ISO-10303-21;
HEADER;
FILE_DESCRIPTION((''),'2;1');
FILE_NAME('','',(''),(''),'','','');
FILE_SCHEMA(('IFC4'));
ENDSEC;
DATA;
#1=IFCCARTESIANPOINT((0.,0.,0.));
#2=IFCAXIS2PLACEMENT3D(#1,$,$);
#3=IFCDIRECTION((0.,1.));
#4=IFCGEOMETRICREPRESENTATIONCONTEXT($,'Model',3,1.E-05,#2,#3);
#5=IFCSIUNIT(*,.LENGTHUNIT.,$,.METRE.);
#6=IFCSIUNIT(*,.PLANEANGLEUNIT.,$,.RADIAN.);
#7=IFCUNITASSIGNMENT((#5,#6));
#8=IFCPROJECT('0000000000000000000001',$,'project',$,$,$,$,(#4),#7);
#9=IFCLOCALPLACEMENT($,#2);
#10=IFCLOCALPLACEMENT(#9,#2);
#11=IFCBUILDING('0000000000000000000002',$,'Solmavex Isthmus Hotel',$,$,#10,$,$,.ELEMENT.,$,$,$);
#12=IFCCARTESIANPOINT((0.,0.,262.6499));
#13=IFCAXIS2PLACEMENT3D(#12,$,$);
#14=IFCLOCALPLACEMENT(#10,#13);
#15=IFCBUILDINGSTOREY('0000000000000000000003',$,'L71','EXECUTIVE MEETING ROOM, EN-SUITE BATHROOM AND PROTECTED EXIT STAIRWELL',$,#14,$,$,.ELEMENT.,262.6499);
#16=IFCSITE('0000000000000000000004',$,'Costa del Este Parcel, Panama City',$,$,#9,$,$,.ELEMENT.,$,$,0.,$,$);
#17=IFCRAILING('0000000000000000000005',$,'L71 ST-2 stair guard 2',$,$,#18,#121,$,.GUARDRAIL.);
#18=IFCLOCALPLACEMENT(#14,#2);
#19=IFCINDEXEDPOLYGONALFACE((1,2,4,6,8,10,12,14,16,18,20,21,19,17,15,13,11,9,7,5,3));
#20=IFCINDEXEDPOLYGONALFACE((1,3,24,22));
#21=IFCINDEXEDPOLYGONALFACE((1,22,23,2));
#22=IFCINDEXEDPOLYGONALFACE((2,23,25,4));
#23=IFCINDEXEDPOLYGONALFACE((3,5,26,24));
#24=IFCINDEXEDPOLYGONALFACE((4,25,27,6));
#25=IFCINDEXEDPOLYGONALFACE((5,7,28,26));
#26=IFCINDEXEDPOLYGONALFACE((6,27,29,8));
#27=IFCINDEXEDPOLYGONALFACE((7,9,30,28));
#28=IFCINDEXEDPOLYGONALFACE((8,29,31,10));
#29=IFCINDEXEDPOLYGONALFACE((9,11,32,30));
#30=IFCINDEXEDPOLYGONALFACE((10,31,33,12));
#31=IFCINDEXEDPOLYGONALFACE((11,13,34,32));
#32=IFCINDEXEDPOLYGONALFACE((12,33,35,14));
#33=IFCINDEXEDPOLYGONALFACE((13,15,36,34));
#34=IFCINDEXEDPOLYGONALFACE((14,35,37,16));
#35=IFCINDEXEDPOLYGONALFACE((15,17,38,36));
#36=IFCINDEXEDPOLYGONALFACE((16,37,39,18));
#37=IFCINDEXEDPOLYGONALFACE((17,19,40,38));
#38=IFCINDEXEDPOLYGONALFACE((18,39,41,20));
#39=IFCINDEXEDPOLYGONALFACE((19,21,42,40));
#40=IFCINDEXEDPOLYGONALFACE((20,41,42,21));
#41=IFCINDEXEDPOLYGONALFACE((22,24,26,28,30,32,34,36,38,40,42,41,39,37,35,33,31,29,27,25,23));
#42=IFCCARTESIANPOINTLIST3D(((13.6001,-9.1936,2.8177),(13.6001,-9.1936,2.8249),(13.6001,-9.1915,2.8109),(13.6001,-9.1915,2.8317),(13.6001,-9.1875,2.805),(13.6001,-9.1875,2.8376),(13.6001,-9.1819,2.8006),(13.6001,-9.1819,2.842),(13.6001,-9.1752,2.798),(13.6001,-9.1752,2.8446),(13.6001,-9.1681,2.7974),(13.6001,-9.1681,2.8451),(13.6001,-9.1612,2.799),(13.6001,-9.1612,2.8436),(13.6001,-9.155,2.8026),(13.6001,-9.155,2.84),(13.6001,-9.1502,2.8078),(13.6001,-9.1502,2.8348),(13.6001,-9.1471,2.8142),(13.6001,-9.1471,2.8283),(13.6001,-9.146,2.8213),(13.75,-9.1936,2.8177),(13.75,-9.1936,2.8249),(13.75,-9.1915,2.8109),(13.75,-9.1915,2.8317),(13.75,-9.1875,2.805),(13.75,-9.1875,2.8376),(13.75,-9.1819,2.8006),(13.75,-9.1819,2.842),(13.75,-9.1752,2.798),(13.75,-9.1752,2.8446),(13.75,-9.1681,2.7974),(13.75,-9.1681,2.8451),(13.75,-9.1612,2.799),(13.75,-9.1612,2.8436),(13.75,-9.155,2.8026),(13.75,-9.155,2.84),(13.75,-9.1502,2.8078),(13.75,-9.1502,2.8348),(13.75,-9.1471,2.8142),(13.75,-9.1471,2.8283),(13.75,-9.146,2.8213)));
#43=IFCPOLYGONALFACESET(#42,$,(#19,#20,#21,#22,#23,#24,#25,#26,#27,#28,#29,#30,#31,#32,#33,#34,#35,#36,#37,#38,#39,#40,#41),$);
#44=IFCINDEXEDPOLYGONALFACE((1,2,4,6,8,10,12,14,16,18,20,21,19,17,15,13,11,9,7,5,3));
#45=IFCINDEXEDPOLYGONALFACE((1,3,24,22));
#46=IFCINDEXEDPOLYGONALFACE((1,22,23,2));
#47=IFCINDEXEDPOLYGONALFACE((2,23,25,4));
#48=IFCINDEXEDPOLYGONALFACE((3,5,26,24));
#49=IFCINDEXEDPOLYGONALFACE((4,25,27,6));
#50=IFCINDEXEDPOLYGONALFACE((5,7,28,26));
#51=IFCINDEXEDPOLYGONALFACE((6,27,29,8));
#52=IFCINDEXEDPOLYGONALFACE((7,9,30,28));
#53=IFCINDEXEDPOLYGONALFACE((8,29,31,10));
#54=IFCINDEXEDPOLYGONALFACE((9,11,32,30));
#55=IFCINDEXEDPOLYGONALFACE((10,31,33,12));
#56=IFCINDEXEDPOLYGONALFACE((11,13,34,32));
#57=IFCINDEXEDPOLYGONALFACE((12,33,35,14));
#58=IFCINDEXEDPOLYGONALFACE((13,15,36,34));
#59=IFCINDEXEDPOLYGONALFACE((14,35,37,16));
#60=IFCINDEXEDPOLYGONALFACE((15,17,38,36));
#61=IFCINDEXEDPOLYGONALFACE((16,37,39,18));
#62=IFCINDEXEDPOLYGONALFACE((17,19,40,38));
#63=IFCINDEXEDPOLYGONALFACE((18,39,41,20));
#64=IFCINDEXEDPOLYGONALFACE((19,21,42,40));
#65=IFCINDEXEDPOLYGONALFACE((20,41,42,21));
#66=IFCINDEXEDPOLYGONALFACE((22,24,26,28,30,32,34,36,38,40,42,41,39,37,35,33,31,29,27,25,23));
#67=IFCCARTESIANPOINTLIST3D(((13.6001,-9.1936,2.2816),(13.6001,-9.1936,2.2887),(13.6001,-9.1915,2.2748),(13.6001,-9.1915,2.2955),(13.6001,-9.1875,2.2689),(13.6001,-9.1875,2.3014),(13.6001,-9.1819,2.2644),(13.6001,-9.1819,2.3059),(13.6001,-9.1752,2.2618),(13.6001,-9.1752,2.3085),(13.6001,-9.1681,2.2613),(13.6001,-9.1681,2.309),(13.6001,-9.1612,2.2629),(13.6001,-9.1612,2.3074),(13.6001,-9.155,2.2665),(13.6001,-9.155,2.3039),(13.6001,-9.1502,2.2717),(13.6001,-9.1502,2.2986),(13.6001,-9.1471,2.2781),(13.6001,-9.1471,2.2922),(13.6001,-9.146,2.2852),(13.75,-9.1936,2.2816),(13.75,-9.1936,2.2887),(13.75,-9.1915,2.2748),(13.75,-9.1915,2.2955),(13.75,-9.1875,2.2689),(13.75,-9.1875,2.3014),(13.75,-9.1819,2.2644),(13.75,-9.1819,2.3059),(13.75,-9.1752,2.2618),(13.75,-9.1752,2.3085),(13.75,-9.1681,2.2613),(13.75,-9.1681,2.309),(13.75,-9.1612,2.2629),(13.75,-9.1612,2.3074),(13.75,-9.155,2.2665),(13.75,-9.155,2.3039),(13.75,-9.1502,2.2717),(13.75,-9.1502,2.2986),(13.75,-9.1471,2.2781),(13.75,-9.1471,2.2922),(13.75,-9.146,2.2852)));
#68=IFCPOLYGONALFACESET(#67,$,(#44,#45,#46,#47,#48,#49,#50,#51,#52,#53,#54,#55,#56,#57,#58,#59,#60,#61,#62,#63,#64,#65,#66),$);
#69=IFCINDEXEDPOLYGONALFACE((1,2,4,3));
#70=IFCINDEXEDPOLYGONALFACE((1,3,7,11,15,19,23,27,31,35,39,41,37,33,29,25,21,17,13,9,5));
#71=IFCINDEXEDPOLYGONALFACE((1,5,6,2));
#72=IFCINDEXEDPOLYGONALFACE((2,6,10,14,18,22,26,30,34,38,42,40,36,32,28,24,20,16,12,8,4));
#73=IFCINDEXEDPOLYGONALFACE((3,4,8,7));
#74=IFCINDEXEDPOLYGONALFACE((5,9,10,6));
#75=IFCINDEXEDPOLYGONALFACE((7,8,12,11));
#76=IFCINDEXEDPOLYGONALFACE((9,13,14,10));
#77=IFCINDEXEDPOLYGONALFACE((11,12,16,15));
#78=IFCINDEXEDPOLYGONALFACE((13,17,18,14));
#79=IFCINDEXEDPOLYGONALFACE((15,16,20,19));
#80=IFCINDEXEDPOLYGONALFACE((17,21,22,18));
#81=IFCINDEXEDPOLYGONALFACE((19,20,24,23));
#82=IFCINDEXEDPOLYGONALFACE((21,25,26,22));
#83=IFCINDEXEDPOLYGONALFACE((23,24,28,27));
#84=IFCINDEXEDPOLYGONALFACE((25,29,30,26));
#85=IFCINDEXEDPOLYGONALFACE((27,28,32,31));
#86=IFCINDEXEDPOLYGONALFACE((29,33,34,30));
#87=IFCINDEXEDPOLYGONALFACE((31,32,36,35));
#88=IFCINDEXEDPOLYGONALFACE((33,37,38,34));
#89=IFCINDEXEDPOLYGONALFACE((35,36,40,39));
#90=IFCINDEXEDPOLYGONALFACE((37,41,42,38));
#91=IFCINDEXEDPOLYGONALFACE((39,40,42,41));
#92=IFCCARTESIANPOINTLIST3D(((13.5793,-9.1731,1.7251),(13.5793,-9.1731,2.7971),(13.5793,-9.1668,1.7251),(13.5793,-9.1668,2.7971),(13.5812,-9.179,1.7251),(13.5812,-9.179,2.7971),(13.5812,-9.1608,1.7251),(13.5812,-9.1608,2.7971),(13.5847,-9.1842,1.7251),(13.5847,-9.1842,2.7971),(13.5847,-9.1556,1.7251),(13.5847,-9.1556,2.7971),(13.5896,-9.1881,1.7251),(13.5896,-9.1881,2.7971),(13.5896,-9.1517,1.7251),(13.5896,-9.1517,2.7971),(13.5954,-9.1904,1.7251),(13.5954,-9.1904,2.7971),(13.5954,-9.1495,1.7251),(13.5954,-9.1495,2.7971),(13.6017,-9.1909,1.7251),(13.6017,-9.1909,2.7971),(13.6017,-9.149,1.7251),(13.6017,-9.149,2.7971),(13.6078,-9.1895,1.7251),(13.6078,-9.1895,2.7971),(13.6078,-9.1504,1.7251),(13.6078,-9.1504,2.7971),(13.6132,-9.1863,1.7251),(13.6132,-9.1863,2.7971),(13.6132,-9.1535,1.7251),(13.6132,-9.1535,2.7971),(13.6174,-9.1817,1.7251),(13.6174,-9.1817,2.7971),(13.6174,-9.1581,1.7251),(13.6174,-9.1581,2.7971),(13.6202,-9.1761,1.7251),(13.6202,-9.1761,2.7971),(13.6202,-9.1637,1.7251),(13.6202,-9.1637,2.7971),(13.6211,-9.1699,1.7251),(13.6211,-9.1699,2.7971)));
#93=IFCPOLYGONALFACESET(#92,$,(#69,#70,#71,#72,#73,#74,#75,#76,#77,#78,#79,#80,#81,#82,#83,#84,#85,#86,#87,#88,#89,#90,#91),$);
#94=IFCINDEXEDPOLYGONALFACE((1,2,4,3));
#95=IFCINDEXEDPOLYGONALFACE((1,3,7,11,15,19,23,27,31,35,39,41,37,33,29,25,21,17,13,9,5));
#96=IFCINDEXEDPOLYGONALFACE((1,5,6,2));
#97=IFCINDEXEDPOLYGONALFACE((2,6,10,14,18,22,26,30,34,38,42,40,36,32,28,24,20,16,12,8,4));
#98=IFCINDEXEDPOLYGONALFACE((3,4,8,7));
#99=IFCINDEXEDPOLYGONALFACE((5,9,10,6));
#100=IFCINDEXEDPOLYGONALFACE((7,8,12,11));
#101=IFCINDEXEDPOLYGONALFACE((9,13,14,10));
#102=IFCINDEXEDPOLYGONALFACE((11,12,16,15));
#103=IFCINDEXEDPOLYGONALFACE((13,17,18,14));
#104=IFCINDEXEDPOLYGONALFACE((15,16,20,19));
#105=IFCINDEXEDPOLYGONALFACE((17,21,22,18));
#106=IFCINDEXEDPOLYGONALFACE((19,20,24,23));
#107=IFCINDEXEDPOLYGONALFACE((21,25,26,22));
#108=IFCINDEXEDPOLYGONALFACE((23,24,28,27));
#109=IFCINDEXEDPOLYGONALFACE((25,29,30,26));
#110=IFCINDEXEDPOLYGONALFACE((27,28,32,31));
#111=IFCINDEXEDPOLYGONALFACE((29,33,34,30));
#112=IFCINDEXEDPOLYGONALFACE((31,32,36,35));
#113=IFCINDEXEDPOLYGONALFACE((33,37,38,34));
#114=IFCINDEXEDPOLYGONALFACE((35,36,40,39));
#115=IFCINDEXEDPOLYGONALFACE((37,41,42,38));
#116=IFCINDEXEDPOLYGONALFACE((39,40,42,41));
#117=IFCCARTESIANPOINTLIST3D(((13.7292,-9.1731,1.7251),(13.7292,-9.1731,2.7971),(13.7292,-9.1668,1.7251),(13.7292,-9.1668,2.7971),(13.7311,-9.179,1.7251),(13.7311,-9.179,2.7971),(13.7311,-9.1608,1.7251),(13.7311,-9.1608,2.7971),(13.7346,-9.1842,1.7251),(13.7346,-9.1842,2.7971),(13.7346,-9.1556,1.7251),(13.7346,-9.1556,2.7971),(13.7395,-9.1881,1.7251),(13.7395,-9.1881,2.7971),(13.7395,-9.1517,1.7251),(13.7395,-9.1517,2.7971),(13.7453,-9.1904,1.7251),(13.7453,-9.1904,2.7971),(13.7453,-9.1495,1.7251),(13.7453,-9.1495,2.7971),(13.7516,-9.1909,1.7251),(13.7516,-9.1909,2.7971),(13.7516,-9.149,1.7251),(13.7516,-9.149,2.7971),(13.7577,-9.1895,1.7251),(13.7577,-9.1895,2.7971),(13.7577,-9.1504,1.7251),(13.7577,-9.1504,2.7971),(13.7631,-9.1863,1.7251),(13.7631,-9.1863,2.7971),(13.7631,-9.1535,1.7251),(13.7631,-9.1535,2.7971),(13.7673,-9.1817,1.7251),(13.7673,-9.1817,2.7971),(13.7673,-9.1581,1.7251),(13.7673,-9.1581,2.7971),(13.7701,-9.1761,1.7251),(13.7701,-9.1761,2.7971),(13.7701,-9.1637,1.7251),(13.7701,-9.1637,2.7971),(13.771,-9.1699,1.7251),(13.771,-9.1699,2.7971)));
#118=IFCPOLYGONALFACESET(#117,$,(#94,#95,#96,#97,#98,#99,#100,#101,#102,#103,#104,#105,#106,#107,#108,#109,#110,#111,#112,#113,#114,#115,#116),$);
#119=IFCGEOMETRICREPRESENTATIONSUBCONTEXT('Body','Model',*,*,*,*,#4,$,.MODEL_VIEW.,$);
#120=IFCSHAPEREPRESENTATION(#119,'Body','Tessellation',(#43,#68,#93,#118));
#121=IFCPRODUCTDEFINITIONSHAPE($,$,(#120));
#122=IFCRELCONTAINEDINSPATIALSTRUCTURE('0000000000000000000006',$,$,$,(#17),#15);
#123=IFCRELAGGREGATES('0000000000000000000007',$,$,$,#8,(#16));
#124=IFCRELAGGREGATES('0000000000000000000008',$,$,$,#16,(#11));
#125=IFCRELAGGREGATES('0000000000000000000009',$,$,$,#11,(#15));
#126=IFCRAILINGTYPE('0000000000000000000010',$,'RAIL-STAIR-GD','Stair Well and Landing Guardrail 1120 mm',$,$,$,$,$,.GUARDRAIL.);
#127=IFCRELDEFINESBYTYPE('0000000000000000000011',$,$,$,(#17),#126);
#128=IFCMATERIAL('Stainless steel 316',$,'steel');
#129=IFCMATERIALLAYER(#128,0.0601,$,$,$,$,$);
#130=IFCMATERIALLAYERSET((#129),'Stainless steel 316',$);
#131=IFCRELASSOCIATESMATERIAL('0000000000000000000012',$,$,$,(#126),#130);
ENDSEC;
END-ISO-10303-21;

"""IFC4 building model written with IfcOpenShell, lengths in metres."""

from ifc_helpers import new_model, si_unit, direction, frame, origin, origin_2d, place, context, subcontext, project, spatial, circle, extrude, material, layer, layer_set, type_object, element, save


model = new_model("IFC4")

# Units and contexts
model_context = context("Model", 3, precision=1e-05, world=origin(), true_north=direction((0.0, 1.0)))
body_context = subcontext(model_context, "Body", "Model", "MODEL_VIEW")
ifc_project = project(units=[si_unit("LENGTHUNIT", "METRE"), si_unit("PLANEANGLEUNIT", "RADIAN")], contexts=[model_context])

# Site, building, storey
site_placement = place(None, origin())
site = spatial("IfcSite", under=ifc_project, at=site_placement, Name="Costa del Este Parcel, Panama City", CompositionType="ELEMENT", RefElevation=0.0)
building_placement = place(site_placement, origin())
building = spatial("IfcBuilding", under=site, at=building_placement, Name="Solmavex Isthmus Hotel", CompositionType="ELEMENT")
storey_placement = place(building_placement, frame((0.0, 0.0, 262.6499)))
storey = spatial("IfcBuildingStorey", under=building, at=storey_placement, Name="L71", Description="EXECUTIVE MEETING ROOM, EN-SUITE BATHROOM AND PROTECTED EXIT STAIRWELL", CompositionType="ELEMENT", Elevation=262.6499)

# Railing
ifc_material_1 = material(Name="Stainless steel 316", Category="steel")
ifc_layer_1 = layer(ifc_material_1, 0.0601)
ifc_layer_set_1 = layer_set([ifc_layer_1], Name="Stainless steel 316")
railing_type_1 = type_object("IfcRailingType", Name="RAIL-STAIR-GD", Description="Stair Well and Landing Guardrail 1120 mm", PredefinedType="GUARDRAIL", material=ifc_layer_set_1)
railing_1_placement = place(storey_placement, frame((13.6001, -9.1699, 1.7251)))
element("IfcRailing", 1, at=railing_1_placement, inside=storey, type_object=railing_type_1, Name="L71 ST-2 stair guard 2", PredefinedType="GUARDRAIL", context=body_context, shape_type="SweptSolid", body=[
    extrude(circle(Radius=0.0239, at=origin_2d()), frame((0.0, 0.0, 1.0962), z_axis=(1.0, 0.0, 0.0), x_axis=(0.0, 1.0, 0.0)), (0.0, 0.0, 1.0), 0.1499),
    extrude(circle(Radius=0.0239, at=origin_2d()), frame((0.0, 0.0, 0.5601), z_axis=(1.0, 0.0, 0.0), x_axis=(0.0, 1.0, 0.0)), (0.0, 0.0, 1.0), 0.1499),
    extrude(circle(Radius=0.021, at=origin_2d()), origin(), (0.0, 0.0, 1.0), 1.072),
    extrude(circle(Radius=0.021, at=origin_2d()), frame((0.1499, 0.0, 0.0)), (0.0, 0.0, 1.0), 1.072),
])

save(model, "model.ifc")
